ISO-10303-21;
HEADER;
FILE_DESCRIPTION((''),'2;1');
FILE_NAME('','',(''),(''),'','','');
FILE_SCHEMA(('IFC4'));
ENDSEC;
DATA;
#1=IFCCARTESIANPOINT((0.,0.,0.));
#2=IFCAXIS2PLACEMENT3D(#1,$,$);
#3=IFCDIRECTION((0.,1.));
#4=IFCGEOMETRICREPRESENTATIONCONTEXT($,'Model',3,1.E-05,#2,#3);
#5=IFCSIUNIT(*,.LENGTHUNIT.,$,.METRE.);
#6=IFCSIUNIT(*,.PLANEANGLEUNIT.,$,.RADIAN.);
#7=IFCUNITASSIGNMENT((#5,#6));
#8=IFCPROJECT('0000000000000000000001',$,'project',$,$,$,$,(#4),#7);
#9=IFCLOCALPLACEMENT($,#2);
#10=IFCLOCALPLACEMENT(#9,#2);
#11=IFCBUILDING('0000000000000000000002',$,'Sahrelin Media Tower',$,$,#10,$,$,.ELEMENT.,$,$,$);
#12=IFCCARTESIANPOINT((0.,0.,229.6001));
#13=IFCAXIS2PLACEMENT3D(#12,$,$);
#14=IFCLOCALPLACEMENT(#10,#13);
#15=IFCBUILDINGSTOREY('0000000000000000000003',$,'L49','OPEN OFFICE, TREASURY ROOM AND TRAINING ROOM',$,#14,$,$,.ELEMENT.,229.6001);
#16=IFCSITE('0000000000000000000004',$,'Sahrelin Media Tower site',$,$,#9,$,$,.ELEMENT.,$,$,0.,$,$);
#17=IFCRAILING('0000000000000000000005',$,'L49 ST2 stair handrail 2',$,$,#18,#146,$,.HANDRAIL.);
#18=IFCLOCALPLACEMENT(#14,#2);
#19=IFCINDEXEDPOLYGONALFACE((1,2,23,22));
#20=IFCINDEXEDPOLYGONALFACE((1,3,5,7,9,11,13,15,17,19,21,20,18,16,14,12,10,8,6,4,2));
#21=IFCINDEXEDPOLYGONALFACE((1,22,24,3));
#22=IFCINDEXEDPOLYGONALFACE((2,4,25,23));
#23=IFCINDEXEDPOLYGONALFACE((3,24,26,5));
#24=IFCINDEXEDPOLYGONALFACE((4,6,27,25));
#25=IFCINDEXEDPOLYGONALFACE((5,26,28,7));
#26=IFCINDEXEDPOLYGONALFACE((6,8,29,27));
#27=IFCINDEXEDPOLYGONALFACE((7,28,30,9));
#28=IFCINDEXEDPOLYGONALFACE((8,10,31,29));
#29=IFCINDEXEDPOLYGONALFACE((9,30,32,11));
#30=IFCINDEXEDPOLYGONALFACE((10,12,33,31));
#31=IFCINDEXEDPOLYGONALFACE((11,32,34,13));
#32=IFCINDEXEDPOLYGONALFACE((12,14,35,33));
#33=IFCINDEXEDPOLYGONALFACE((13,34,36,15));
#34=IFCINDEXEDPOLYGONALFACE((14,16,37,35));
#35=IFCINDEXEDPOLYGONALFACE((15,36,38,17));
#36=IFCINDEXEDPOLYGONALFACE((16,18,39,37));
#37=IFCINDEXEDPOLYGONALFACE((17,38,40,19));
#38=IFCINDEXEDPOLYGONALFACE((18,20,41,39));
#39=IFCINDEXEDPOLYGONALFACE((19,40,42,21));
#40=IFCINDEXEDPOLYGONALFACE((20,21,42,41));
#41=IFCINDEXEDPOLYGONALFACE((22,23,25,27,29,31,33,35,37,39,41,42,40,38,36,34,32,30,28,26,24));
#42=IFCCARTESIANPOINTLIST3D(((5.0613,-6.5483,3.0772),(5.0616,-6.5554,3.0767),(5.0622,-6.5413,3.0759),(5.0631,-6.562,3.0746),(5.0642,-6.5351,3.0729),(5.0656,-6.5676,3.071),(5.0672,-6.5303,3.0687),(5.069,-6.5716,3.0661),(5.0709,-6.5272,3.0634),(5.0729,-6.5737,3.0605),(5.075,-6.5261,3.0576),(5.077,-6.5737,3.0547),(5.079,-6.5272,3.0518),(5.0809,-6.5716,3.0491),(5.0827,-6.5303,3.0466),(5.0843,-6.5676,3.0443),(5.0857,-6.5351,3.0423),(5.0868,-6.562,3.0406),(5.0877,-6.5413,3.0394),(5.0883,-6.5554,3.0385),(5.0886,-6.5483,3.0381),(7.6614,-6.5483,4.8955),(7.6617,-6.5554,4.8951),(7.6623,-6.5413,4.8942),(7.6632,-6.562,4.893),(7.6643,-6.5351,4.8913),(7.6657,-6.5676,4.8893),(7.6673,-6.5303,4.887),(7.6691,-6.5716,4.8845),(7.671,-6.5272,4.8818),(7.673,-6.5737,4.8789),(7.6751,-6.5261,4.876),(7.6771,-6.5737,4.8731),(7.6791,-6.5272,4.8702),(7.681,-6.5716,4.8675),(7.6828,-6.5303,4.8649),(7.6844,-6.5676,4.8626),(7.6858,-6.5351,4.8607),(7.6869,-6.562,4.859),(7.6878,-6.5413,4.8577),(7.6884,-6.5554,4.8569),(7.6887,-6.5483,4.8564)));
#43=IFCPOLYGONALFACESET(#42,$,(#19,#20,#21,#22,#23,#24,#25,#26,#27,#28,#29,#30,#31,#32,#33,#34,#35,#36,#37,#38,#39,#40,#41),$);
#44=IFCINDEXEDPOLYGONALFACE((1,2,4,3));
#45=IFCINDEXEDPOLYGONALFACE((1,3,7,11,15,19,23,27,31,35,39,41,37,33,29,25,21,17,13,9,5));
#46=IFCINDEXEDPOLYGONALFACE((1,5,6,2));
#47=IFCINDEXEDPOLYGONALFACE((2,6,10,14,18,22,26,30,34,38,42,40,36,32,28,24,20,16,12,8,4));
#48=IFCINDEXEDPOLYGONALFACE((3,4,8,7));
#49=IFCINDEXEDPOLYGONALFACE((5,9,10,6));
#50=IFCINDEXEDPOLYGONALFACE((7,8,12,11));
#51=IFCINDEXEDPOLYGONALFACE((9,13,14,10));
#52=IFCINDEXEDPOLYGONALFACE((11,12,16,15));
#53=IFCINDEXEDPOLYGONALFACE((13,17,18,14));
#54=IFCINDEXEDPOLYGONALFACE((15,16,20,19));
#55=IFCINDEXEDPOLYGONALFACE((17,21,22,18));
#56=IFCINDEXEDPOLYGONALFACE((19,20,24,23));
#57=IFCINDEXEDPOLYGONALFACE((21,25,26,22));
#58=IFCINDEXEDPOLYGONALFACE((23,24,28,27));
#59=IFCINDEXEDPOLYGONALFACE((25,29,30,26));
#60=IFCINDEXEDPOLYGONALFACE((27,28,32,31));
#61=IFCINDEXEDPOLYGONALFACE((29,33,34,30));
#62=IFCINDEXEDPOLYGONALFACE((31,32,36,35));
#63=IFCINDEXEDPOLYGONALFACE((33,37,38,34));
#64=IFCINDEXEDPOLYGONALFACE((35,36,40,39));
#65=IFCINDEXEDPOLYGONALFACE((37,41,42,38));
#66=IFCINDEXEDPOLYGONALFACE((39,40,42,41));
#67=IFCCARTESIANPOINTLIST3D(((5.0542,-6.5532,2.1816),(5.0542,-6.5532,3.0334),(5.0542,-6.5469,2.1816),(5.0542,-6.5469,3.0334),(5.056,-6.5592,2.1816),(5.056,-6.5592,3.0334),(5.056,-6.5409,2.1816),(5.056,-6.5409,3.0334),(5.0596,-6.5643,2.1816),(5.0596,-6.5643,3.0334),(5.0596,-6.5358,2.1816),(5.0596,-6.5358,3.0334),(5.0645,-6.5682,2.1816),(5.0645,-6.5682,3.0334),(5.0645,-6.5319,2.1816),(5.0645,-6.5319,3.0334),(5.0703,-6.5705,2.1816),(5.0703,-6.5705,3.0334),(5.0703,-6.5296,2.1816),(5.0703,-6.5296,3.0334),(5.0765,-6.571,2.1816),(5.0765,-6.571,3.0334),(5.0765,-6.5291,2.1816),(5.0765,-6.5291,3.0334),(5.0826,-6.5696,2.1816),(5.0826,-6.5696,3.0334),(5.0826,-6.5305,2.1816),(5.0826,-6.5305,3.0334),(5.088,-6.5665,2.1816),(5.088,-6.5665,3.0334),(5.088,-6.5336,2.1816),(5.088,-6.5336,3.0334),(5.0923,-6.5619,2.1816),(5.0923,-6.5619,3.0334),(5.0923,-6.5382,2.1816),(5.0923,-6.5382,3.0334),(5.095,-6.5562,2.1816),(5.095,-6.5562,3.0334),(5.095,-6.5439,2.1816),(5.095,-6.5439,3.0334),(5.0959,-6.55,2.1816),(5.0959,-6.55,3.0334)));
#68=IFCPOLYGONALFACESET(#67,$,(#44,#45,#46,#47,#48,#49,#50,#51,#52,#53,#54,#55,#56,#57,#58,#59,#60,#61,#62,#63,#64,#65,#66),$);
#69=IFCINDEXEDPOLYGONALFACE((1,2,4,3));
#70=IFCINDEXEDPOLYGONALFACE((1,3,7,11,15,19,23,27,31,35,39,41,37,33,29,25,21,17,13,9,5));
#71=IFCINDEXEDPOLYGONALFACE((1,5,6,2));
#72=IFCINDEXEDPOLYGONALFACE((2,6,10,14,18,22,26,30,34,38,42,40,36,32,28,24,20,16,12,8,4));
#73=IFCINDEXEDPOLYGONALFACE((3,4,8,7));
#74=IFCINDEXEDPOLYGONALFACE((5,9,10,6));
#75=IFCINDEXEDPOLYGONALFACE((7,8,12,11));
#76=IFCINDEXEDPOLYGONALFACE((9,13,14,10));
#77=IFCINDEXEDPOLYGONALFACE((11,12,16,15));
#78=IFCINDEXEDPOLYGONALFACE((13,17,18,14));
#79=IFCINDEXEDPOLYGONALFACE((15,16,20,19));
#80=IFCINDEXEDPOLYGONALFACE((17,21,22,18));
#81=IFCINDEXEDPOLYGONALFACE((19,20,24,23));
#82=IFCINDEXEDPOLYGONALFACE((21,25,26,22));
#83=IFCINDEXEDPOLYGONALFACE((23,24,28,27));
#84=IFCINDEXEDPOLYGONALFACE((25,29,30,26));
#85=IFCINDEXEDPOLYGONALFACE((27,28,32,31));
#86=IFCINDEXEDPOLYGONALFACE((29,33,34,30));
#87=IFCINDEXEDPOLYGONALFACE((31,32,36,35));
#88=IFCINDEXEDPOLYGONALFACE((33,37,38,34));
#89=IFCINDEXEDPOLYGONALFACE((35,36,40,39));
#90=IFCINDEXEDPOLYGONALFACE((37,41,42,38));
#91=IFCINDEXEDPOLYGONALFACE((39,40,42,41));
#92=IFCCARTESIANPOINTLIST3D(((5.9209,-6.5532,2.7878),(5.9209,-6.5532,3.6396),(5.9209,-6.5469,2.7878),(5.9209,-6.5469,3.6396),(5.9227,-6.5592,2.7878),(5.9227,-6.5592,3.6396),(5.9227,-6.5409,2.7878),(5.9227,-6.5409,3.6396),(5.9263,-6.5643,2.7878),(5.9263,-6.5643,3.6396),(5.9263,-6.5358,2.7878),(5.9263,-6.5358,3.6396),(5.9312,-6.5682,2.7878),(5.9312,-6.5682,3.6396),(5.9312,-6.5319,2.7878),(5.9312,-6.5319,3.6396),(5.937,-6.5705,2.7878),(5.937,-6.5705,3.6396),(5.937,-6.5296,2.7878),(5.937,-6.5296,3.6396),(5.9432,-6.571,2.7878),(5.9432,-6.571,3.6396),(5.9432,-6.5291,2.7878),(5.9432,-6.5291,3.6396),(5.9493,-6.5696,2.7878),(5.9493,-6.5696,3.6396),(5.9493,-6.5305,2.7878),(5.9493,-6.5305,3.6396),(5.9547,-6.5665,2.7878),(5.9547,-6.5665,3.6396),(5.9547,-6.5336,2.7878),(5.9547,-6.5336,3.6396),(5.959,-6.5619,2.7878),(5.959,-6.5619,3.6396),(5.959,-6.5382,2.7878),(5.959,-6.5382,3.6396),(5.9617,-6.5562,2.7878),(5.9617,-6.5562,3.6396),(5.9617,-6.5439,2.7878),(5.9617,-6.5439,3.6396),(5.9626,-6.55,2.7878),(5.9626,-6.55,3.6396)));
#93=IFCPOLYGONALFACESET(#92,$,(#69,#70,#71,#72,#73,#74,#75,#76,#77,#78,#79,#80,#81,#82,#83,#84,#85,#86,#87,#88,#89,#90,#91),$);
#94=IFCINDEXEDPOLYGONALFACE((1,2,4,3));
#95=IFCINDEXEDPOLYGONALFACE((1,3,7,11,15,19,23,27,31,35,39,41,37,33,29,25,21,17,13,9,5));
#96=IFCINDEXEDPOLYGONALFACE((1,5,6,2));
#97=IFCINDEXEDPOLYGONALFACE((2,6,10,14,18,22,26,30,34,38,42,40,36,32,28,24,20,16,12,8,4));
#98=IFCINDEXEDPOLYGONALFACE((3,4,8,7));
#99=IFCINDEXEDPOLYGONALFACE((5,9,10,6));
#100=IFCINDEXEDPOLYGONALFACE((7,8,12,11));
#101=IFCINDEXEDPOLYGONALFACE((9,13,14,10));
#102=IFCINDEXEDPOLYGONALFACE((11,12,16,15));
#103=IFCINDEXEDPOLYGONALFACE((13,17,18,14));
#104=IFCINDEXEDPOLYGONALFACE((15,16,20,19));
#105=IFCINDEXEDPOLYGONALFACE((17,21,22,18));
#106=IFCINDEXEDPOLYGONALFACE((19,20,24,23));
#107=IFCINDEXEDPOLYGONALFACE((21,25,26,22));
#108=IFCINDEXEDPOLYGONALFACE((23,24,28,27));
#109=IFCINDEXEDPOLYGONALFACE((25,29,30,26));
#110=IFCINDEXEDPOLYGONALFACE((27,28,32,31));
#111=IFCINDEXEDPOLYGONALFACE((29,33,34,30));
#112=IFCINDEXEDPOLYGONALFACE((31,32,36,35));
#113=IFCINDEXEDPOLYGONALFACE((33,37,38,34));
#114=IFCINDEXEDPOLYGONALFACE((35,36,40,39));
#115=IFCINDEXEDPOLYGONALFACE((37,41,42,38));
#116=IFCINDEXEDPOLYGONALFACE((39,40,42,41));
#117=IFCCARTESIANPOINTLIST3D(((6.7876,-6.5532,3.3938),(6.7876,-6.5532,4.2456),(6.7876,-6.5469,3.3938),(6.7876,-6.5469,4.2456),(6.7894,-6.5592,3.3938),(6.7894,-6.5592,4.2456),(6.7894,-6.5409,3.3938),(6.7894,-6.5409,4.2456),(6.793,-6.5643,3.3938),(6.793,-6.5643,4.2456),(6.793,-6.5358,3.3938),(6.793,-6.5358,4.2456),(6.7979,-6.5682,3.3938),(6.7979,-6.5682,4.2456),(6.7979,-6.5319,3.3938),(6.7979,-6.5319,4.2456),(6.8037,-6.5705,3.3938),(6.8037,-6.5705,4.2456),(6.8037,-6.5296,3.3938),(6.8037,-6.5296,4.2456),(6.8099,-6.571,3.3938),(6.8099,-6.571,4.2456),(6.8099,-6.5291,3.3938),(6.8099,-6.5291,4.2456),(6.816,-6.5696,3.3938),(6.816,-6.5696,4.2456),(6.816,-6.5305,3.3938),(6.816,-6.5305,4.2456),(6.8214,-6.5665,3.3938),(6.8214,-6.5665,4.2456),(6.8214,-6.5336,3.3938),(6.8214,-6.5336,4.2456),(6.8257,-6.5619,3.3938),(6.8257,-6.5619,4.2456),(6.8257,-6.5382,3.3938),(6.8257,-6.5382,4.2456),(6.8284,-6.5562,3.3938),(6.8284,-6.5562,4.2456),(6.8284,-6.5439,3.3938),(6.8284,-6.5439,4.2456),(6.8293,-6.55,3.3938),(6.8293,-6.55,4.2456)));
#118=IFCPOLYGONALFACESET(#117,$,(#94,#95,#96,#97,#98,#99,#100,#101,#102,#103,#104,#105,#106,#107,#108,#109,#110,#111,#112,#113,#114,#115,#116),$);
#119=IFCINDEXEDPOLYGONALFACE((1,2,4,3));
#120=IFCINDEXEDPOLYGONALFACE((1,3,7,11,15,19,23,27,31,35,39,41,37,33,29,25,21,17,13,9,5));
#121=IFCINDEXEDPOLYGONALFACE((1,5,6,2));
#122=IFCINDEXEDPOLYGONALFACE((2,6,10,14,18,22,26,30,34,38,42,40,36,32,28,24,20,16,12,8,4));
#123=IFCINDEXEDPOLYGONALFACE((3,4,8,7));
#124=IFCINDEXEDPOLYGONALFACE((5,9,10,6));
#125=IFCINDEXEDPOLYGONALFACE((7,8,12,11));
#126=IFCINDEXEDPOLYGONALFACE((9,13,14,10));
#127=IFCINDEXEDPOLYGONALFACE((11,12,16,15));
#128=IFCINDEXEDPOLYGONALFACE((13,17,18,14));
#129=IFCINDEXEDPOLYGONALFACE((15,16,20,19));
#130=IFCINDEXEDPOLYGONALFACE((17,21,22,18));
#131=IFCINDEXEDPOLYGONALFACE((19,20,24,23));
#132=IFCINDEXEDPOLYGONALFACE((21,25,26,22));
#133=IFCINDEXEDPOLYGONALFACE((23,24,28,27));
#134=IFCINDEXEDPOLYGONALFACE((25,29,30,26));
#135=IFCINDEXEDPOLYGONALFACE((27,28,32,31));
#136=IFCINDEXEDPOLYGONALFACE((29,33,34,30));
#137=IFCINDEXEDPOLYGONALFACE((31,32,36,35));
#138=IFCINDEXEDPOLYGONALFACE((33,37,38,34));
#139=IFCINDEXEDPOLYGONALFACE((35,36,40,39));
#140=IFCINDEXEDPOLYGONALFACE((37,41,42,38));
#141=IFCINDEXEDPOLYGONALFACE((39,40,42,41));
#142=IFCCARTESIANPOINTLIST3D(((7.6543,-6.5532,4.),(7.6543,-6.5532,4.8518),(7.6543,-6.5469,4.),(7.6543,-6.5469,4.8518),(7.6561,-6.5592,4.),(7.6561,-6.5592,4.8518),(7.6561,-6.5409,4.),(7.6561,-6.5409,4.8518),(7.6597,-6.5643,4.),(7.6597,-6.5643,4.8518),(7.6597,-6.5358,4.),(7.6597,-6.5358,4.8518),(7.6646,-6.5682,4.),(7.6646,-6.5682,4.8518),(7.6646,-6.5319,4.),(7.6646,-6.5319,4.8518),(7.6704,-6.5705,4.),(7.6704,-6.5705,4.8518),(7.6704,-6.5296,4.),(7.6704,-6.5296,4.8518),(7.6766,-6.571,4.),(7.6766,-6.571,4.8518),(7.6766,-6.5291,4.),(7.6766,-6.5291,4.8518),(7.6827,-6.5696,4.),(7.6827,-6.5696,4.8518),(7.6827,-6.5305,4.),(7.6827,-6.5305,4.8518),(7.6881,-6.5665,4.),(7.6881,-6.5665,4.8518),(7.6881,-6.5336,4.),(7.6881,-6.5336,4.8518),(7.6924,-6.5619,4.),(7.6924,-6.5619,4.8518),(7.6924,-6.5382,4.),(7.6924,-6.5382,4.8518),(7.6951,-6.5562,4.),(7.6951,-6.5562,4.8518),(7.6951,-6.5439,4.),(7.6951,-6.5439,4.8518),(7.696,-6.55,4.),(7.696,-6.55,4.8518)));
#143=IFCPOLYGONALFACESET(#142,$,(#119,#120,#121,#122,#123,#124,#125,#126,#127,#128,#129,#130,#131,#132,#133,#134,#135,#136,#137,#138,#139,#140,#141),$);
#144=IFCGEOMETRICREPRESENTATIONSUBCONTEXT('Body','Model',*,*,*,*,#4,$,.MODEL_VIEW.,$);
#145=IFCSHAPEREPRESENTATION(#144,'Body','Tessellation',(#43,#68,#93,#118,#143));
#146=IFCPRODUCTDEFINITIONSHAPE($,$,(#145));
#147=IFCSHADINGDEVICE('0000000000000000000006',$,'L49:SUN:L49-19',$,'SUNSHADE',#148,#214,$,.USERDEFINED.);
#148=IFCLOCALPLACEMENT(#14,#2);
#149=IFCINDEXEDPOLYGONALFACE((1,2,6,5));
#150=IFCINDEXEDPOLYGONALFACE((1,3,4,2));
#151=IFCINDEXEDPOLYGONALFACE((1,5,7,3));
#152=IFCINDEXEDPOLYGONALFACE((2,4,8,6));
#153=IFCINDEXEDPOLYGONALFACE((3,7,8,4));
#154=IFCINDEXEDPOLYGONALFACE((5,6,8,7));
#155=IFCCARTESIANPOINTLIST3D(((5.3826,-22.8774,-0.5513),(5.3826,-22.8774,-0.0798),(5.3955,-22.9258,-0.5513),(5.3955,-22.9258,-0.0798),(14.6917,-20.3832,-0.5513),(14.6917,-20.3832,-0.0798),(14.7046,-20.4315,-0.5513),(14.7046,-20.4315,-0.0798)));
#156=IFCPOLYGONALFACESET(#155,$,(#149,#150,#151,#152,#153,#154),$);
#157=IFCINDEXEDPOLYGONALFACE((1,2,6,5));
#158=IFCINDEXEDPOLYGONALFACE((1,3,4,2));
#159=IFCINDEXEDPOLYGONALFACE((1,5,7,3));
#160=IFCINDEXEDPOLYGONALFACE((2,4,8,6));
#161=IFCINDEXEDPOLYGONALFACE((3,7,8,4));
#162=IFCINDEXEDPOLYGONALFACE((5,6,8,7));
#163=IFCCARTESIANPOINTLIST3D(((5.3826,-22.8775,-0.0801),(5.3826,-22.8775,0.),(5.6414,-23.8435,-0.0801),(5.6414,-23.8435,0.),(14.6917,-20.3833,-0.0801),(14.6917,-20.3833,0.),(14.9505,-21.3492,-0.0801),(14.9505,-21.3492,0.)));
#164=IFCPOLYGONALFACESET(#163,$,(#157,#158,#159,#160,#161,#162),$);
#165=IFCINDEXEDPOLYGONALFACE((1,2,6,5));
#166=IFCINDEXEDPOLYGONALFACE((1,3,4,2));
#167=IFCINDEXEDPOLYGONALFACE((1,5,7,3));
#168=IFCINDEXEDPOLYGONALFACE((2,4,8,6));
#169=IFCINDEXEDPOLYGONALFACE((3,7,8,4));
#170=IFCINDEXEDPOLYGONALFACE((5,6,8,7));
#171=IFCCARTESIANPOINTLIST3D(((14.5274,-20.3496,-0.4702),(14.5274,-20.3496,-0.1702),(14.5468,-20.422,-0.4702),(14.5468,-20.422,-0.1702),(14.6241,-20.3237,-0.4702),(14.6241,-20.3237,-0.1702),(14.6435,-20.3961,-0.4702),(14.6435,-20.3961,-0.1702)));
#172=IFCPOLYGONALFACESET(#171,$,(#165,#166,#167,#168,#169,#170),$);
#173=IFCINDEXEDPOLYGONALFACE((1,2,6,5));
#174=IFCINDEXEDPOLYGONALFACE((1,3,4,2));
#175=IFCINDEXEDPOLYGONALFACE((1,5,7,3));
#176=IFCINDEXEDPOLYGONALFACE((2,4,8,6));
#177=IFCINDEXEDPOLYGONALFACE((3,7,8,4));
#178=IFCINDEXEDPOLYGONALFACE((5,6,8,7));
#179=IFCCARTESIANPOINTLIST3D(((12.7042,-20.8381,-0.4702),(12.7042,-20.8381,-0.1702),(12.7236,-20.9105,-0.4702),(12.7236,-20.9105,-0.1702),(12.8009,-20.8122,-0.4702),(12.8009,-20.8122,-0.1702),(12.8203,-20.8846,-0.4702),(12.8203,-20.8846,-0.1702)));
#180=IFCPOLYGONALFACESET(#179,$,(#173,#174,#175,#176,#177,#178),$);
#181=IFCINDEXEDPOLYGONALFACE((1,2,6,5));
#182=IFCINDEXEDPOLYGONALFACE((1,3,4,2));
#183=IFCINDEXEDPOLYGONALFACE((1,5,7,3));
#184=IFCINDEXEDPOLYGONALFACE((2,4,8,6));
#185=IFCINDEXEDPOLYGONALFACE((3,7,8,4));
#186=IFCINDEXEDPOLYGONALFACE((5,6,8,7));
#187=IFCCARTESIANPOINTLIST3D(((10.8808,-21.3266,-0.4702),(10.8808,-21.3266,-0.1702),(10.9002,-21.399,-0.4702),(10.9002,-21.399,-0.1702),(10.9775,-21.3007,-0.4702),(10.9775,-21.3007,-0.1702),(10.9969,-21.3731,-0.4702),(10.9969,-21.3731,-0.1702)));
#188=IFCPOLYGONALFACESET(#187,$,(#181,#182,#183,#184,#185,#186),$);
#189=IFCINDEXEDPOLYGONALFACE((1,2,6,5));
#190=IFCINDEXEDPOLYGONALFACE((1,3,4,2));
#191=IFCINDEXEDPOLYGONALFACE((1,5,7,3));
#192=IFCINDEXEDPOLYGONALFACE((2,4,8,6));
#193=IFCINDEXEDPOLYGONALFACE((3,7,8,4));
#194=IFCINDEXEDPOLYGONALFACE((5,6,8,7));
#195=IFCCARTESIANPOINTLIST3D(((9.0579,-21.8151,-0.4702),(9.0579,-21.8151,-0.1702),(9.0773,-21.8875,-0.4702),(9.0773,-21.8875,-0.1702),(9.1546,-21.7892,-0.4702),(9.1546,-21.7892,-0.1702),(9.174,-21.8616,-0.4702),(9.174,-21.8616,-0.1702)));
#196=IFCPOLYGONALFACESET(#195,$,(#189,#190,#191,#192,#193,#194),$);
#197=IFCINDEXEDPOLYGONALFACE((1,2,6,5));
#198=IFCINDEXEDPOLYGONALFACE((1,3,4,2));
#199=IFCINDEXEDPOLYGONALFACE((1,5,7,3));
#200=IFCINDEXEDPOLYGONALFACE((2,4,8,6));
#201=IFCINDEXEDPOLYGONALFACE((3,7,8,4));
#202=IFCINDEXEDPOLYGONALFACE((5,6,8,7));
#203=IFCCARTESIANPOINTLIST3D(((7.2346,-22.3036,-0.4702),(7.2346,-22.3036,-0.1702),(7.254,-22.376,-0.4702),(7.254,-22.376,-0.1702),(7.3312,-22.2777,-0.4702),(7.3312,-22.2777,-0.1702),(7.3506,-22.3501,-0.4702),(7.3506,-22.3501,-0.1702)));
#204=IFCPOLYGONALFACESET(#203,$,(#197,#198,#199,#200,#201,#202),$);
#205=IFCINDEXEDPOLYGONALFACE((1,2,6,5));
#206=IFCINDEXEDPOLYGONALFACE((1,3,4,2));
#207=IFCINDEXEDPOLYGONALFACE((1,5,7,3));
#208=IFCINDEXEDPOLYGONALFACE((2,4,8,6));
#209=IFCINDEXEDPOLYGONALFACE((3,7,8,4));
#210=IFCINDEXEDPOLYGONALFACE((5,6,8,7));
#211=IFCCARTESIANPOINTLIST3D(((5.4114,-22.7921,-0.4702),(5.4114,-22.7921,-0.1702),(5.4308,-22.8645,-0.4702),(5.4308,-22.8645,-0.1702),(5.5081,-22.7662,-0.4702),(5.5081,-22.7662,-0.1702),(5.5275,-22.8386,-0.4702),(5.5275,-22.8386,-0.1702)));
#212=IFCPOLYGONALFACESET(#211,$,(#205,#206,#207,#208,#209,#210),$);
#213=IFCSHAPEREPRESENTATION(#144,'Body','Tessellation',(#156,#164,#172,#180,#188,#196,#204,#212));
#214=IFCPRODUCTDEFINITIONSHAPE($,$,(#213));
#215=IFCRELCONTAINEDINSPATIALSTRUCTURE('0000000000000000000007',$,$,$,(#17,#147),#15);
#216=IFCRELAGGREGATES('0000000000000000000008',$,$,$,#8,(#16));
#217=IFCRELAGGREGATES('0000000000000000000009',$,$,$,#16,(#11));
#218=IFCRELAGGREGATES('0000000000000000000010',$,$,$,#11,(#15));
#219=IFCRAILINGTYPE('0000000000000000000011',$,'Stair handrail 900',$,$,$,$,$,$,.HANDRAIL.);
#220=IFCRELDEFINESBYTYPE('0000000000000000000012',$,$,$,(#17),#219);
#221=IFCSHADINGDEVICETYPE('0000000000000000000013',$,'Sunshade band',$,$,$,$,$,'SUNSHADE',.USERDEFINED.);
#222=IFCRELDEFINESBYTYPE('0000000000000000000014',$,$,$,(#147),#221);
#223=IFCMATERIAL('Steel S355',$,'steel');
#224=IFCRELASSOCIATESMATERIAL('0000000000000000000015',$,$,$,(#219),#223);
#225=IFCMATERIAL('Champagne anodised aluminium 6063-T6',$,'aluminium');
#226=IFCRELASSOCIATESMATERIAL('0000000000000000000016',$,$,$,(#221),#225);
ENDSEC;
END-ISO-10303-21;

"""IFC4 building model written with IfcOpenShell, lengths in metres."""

from ifc_helpers import new_model, si_unit, direction, frame, origin, origin_2d, place, context, subcontext, project, spatial, rectangle, circle, extrude, material, type_object, element, save


model = new_model("IFC4")

# Units and contexts
model_context = context("Model", 3, precision=1e-05, world=origin(), true_north=direction((0.0, 1.0)))
body_context = subcontext(model_context, "Body", "Model", "MODEL_VIEW")
ifc_project = project(units=[si_unit("LENGTHUNIT", "METRE"), si_unit("PLANEANGLEUNIT", "RADIAN")], contexts=[model_context])

# Site, building, storey
site_placement = place(None, origin())
site = spatial("IfcSite", under=ifc_project, at=site_placement, Name="Sahrelin Media Tower site", CompositionType="ELEMENT", RefElevation=0.0)
building_placement = place(site_placement, origin())
building = spatial("IfcBuilding", under=site, at=building_placement, Name="Sahrelin Media Tower", CompositionType="ELEMENT")
storey_placement = place(building_placement, frame((0.0, 0.0, 229.6001)))
storey = spatial("IfcBuildingStorey", under=building, at=storey_placement, Name="L49", Description="OPEN OFFICE, TREASURY ROOM AND TRAINING ROOM", CompositionType="ELEMENT", Elevation=229.6001)

# Shared definitions
ifc_material_1 = material(Name="Steel S355", Category="steel")

# Shared definitions
ifc_material_2 = material(Name="Champagne anodised aluminium 6063-T6", Category="aluminium")

# Shared definitions
placement = place(storey_placement, frame((10.032, -21.6111, 0.0), z_axis=(0.0, 0.0, 1.0), x_axis=(-0.965929, -0.258808, 0.0)))

# Railing
railing_type = type_object("IfcRailingType", Name="Stair handrail 900", PredefinedType="HANDRAIL", material=ifc_material_1)
railing_placement = place(storey_placement, frame((5.075, -6.55, 2.1816)))
element("IfcRailing", 1, at=railing_placement, inside=storey, type_object=railing_type, Name="L49 ST2 stair handrail 2", PredefinedType="HANDRAIL", context=body_context, shape_type="SweptSolid", body=[
    extrude(circle(Radius=0.0239, at=origin_2d()), frame((0.0, 0.0, 0.876), z_axis=(0.819485, 0.0, 0.573101), x_axis=(0.0, 1.0, 0.0)), (0.0, 0.0, 1.0), 3.1729),
    extrude(circle(Radius=0.021, at=origin_2d()), origin(), (0.0, 0.0, 1.0), 0.8518),
    extrude(circle(Radius=0.021, at=origin_2d()), frame((0.8667, 0.0, 0.6062)), (0.0, 0.0, 1.0), 0.8518),
    extrude(circle(Radius=0.021, at=origin_2d()), frame((1.7334, 0.0, 1.2122)), (0.0, 0.0, 1.0), 0.8518),
    extrude(circle(Radius=0.021, at=origin_2d()), frame((2.6001, 0.0, 1.8184)), (0.0, 0.0, 1.0), 0.8518),
])

# Shading device
shading_device_type_1 = type_object("IfcShadingDeviceType", Name="Sunshade band", ElementType="SUNSHADE", PredefinedType="USERDEFINED", material=ifc_material_2)
element("IfcShadingDevice", 2, at=placement, inside=storey, type_object=shading_device_type_1, Name="L49:SUN:L49-19", ObjectType="SUNSHADE", PredefinedType="USERDEFINED", context=body_context, shape_type="SweptSolid", body=[
    extrude(rectangle(XDim=9.6375, YDim=0.05, at=origin_2d()), frame((0.0, 0.0449, -0.5513)), (0.0, 0.0, 1.0), 0.4714),
    extrude(rectangle(XDim=9.6375, YDim=1.0, at=origin_2d()), frame((0.0, 0.52, -0.0801)), (0.0, 0.0, 1.0), 0.0801),
    extrude(rectangle(XDim=0.1001, YDim=0.075, at=origin_2d()), frame((-4.7188, -0.0176, -0.4702)), (0.0, 0.0, 1.0), 0.3),
    extrude(rectangle(XDim=0.1001, YDim=0.075, at=origin_2d()), frame((-2.8313, -0.0176, -0.4702)), (0.0, 0.0, 1.0), 0.3),
    extrude(rectangle(XDim=0.1001, YDim=0.075, at=origin_2d()), frame((-0.9436, -0.0176, -0.4702)), (0.0, 0.0, 1.0), 0.3),
    extrude(rectangle(XDim=0.1001, YDim=0.075, at=origin_2d()), frame((0.9436, -0.0176, -0.4702)), (0.0, 0.0, 1.0), 0.3),
    extrude(rectangle(XDim=0.1001, YDim=0.075, at=origin_2d()), frame((2.8313, -0.0176, -0.4702)), (0.0, 0.0, 1.0), 0.3),
    extrude(rectangle(XDim=0.1001, YDim=0.075, at=origin_2d()), frame((4.7188, -0.0176, -0.4702)), (0.0, 0.0, 1.0), 0.3),
])

save(model, "model.ifc")
